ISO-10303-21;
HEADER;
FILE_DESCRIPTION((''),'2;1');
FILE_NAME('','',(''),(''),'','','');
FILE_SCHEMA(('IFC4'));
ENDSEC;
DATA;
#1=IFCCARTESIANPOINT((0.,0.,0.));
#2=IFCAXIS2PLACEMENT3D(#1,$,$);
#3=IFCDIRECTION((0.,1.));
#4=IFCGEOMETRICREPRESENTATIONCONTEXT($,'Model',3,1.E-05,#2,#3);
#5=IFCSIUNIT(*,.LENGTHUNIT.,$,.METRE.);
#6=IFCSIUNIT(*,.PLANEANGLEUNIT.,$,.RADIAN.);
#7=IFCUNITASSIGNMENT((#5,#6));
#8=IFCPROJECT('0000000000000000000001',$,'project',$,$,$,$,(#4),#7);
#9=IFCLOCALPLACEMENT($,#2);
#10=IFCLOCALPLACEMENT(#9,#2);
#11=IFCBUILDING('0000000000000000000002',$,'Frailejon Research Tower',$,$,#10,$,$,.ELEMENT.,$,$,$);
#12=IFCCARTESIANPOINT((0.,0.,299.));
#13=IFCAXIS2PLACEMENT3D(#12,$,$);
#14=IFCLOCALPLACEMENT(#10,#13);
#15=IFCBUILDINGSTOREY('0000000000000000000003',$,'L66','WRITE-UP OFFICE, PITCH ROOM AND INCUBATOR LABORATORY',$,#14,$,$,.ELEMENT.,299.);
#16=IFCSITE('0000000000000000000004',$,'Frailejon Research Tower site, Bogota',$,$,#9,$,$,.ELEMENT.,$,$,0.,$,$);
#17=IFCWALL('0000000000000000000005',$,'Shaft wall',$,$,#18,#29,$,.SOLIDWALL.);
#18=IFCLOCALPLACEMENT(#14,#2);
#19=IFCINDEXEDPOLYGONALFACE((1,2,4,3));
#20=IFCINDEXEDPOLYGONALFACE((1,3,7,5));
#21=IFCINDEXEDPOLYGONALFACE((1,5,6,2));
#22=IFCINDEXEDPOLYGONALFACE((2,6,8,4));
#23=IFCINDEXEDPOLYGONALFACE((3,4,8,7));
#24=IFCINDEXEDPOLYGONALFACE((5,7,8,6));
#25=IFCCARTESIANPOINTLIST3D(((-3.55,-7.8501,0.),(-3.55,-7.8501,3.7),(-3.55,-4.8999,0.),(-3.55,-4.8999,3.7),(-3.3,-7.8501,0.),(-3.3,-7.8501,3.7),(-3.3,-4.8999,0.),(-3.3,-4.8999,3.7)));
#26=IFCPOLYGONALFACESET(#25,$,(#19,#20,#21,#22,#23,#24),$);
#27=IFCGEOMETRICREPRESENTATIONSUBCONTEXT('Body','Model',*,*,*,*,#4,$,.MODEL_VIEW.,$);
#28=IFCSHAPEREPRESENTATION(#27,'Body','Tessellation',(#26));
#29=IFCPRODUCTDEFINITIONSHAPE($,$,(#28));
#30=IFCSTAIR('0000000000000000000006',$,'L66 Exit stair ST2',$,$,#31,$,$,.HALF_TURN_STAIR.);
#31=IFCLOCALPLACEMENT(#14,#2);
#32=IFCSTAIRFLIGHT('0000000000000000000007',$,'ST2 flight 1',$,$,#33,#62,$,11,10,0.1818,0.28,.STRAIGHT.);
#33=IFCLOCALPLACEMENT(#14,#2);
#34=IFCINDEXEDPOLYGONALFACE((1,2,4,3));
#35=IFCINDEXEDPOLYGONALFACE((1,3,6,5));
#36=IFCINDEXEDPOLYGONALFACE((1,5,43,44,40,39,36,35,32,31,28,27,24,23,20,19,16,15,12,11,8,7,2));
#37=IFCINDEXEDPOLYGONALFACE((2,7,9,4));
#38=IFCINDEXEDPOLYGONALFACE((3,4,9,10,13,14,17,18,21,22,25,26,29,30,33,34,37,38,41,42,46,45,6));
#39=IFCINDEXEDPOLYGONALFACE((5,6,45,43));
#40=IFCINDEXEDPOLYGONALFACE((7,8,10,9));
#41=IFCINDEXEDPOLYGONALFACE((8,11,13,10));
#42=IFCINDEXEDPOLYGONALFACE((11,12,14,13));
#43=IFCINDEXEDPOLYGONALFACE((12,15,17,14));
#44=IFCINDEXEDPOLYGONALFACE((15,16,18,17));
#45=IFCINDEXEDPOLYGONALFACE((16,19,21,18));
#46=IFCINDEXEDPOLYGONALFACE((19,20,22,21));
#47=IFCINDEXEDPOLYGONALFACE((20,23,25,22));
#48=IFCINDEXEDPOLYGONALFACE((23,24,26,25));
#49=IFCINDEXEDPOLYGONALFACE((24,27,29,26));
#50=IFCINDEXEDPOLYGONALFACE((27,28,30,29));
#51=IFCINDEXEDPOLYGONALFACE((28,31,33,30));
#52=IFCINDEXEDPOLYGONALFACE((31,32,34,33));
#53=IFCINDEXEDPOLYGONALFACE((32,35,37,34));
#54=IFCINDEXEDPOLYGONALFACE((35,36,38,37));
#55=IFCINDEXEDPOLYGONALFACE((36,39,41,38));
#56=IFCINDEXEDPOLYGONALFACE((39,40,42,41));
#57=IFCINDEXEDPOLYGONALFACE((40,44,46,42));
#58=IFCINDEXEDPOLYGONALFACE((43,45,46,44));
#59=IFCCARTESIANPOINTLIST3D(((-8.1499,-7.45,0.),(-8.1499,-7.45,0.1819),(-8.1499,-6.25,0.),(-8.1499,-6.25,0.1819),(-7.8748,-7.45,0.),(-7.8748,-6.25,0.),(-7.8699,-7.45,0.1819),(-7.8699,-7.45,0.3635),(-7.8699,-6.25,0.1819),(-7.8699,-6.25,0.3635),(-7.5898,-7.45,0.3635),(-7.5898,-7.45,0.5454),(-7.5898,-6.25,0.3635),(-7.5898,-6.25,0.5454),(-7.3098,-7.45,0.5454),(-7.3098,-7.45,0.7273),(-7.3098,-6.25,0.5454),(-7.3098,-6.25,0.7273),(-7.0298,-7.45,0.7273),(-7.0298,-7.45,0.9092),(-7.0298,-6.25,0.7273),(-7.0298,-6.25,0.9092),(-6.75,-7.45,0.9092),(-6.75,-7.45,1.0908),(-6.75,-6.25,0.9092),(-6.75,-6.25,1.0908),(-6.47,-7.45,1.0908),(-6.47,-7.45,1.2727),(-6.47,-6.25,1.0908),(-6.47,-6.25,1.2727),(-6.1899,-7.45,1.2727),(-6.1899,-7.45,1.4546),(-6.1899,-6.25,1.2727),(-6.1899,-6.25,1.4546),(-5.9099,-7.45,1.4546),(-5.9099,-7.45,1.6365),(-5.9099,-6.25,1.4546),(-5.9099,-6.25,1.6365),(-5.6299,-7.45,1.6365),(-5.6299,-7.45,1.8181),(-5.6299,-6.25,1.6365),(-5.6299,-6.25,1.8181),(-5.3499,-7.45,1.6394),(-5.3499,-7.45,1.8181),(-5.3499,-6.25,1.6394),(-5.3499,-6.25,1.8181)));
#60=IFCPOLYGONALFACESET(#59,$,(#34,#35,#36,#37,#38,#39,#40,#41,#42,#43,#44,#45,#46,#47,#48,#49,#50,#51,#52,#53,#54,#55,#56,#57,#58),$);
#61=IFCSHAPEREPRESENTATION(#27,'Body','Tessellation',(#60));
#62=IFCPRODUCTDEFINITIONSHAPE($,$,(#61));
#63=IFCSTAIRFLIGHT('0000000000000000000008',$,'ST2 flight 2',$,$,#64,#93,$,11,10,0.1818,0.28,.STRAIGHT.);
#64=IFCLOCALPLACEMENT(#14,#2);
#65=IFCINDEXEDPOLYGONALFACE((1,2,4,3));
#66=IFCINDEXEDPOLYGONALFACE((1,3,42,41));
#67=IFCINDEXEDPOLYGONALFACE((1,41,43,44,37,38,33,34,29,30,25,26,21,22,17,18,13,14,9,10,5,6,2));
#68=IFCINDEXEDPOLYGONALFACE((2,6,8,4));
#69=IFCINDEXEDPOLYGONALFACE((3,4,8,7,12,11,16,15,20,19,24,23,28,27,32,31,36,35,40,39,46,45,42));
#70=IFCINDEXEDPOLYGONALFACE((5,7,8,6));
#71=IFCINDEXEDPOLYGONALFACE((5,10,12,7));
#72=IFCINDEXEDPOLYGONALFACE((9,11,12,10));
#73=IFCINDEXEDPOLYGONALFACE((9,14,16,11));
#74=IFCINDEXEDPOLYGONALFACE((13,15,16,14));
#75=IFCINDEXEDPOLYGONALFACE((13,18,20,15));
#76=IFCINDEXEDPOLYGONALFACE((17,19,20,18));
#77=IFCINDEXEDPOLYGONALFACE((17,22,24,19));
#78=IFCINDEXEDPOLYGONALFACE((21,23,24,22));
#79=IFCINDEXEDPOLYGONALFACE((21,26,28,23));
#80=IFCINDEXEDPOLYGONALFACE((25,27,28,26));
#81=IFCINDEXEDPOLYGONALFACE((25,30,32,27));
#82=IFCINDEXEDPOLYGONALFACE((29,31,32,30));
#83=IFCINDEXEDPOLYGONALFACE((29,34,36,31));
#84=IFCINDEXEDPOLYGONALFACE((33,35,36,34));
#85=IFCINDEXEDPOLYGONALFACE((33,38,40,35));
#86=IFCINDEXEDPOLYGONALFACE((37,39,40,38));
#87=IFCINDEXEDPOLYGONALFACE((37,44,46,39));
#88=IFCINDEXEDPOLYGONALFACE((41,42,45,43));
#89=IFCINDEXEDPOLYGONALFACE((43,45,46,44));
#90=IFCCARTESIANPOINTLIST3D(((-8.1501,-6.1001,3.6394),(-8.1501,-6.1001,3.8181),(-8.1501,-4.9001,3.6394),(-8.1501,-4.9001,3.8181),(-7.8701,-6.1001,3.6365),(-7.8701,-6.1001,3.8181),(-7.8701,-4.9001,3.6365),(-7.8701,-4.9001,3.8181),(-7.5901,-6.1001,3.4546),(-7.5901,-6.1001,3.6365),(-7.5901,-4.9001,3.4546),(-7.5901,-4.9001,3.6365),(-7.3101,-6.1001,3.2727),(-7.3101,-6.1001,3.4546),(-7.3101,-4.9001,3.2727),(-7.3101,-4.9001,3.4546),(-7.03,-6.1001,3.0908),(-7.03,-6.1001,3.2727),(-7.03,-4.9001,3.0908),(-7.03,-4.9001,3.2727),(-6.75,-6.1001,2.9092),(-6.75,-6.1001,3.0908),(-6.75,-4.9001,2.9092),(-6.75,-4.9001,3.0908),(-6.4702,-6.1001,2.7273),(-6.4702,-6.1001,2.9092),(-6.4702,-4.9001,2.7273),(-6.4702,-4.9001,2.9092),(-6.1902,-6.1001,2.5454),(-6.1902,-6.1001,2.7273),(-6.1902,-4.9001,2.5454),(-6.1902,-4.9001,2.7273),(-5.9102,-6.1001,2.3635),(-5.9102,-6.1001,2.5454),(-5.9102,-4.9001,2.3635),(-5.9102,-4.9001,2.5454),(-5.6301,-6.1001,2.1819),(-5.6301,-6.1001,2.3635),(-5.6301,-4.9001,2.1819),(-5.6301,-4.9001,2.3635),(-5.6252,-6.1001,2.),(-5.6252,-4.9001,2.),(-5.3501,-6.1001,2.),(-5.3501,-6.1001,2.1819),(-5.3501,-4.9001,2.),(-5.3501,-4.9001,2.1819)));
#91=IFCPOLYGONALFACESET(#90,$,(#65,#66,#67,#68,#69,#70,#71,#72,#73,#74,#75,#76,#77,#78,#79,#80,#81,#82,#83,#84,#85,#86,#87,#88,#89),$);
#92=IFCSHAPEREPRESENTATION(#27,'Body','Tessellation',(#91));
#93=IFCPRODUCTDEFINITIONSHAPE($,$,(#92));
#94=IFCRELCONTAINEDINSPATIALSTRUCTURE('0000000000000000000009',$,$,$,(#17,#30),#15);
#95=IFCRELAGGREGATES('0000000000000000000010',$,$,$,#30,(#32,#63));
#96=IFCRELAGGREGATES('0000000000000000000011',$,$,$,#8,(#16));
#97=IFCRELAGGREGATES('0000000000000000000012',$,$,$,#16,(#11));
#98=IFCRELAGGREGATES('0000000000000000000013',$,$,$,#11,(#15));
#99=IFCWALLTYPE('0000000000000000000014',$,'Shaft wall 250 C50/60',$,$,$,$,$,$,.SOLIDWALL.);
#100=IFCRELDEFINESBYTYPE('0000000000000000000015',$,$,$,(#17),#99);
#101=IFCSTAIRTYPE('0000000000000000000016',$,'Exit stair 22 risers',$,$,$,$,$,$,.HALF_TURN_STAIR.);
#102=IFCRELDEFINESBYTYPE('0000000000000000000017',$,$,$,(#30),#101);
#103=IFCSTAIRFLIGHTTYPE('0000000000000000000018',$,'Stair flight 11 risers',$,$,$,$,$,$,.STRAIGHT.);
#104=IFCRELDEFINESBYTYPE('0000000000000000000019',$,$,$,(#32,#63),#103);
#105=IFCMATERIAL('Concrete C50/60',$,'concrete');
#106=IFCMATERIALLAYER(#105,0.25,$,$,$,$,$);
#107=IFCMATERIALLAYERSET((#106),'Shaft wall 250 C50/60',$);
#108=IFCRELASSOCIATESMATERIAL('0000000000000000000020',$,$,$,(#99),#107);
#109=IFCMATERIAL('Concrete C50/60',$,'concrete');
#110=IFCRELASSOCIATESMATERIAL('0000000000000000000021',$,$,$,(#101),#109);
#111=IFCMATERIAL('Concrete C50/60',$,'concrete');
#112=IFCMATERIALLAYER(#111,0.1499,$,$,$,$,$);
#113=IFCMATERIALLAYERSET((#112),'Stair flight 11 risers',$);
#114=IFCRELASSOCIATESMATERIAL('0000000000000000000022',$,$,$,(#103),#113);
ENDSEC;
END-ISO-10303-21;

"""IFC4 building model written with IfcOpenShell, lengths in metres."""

from ifc_helpers import new_model, si_unit, direction, frame, frame_2d, origin, place, context, subcontext, project, spatial, polyline, rectangle, outline, extrude, material, layer, layer_set, type_object, element, aggregate, save


model = new_model("IFC4")

# Units and contexts
model_context = context("Model", 3, precision=1e-05, world=origin(), true_north=direction((0.0, 1.0)))
body_context = subcontext(model_context, "Body", "Model", "MODEL_VIEW")
ifc_project = project(units=[si_unit("LENGTHUNIT", "METRE"), si_unit("PLANEANGLEUNIT", "RADIAN")], contexts=[model_context])

# Site, building, storey
site_placement = place(None, origin())
site = spatial("IfcSite", under=ifc_project, at=site_placement, Name="Frailejon Research Tower site, Bogota", CompositionType="ELEMENT", RefElevation=0.0)
building_placement = place(site_placement, origin())
building = spatial("IfcBuilding", under=site, at=building_placement, Name="Frailejon Research Tower", CompositionType="ELEMENT")
storey_placement = place(building_placement, frame((0.0, 0.0, 299.0)))
storey = spatial("IfcBuildingStorey", under=building, at=storey_placement, Name="L66", Description="WRITE-UP OFFICE, PITCH ROOM AND INCUBATOR LABORATORY", CompositionType="ELEMENT", Elevation=299.0)

# Shared definitions
ifc_material_1 = material(Name="Concrete C50/60", Category="concrete")
ifc_layer_1 = layer(ifc_material_1, 0.25)
ifc_layer_set_1 = layer_set([ifc_layer_1], Name="Shaft wall 250 C50/60")
wall_type_1 = type_object("IfcWallType", Name="Shaft wall 250 C50/60", PredefinedType="SOLIDWALL", material=ifc_layer_set_1)

# Wall
wall_1_placement = place(storey_placement, frame((-3.425, -7.8501, 0.0), z_axis=(0.0, 0.0, 1.0), x_axis=(0.0, 1.0, 0.0)))
element("IfcWall", 1, at=wall_1_placement, inside=storey, type_object=wall_type_1, Name="Shaft wall", PredefinedType="SOLIDWALL", context=body_context, shape_type="SweptSolid", body=[
    extrude(rectangle(XDim=2.9502, YDim=0.25, at=frame_2d((1.4751, 0.0))), origin(), (0.0, 0.0, 1.0), 3.7),
])

# Stair, stair flights
ifc_material_2 = material(Name="Concrete C50/60", Category="concrete")
stair_type = type_object("IfcStairType", Name="Exit stair 22 risers", PredefinedType="HALF_TURN_STAIR", material=ifc_material_2)
stair_placement = place(storey_placement, origin())
stair = element("IfcStair", 2, at=stair_placement, inside=storey, type_object=stair_type, Name="L66 Exit stair ST2", PredefinedType="HALF_TURN_STAIR")
ifc_material_3 = material(Name="Concrete C50/60", Category="concrete")
ifc_layer_2 = layer(ifc_material_3, 0.1499)
ifc_layer_set_2 = layer_set([ifc_layer_2], Name="Stair flight 11 risers")
stair_flight_type = type_object("IfcStairFlightType", Name="Stair flight 11 risers", PredefinedType="STRAIGHT", material=ifc_layer_set_2)
stair_flight_1_placement = place(storey_placement, frame((-8.1499, -6.8501, 0.0), z_axis=(0.0, 0.0, 1.0), x_axis=(1.0, 0.0, 0.0)))
stair_flight_1 = element("IfcStairFlight", 3, at=stair_flight_1_placement, type_object=stair_flight_type, Name="ST2 flight 1", NumberOfRisers=11, NumberOfTreads=10, PredefinedType="STRAIGHT", RiserHeight=0.1818, TreadLength=0.28, context=body_context, shape_type="SweptSolid", body=[
    extrude(outline(polyline([(0.0, 0.0), (0.0, 0.1819), (0.28, 0.1819), (0.28, 0.3635), (0.5601, 0.3635), (0.5601, 0.5454), (0.8401, 0.5454), (0.8401, 0.7273), (1.1201, 0.7273), (1.1201, 0.9092), (1.3999, 0.9092), (1.3999, 1.0908), (1.6799, 1.0908), (1.6799, 1.2727), (1.96, 1.2727), (1.96, 1.4546), (2.24, 1.4546), (2.24, 1.6365), (2.52, 1.6365), (2.52, 1.8181), (2.8, 1.8181), (2.8, 2.0), (2.8, 1.6394), (0.2751, 0.0), (0.0, 0.0)])), frame((0.0, 0.6001, 0.0), z_axis=(0.0, -1.0, 0.0), x_axis=(1.0, 0.0, 0.0)), (0.0, 0.0, 1.0), 1.2),
])
stair_flight_2_placement = place(storey_placement, frame((-5.3501, -5.5, 2.0), z_axis=(0.0, 0.0, 1.0), x_axis=(-1.0, 0.0, 0.0)))
stair_flight_2 = element("IfcStairFlight", 4, at=stair_flight_2_placement, type_object=stair_flight_type, Name="ST2 flight 2", NumberOfRisers=11, NumberOfTreads=10, PredefinedType="STRAIGHT", RiserHeight=0.1818, TreadLength=0.28, context=body_context, shape_type="SweptSolid", body=[
    extrude(outline(polyline([(0.0, 0.0), (0.0, 0.1819), (0.28, 0.1819), (0.28, 0.3635), (0.5601, 0.3635), (0.5601, 0.5454), (0.8401, 0.5454), (0.8401, 0.7273), (1.1201, 0.7273), (1.1201, 0.9092), (1.3999, 0.9092), (1.3999, 1.0908), (1.6799, 1.0908), (1.6799, 1.2727), (1.96, 1.2727), (1.96, 1.4546), (2.24, 1.4546), (2.24, 1.6365), (2.52, 1.6365), (2.52, 1.8181), (2.8, 1.8181), (2.8, 2.0), (2.8, 1.6394), (0.2751, 0.0), (0.0, 0.0)])), frame((0.0, 0.6001, 0.0), z_axis=(0.0, -1.0, 0.0), x_axis=(1.0, 0.0, 0.0)), (0.0, 0.0, 1.0), 1.2),
])
aggregate(stair, [stair_flight_1, stair_flight_2])

save(model, "model.ifc")
